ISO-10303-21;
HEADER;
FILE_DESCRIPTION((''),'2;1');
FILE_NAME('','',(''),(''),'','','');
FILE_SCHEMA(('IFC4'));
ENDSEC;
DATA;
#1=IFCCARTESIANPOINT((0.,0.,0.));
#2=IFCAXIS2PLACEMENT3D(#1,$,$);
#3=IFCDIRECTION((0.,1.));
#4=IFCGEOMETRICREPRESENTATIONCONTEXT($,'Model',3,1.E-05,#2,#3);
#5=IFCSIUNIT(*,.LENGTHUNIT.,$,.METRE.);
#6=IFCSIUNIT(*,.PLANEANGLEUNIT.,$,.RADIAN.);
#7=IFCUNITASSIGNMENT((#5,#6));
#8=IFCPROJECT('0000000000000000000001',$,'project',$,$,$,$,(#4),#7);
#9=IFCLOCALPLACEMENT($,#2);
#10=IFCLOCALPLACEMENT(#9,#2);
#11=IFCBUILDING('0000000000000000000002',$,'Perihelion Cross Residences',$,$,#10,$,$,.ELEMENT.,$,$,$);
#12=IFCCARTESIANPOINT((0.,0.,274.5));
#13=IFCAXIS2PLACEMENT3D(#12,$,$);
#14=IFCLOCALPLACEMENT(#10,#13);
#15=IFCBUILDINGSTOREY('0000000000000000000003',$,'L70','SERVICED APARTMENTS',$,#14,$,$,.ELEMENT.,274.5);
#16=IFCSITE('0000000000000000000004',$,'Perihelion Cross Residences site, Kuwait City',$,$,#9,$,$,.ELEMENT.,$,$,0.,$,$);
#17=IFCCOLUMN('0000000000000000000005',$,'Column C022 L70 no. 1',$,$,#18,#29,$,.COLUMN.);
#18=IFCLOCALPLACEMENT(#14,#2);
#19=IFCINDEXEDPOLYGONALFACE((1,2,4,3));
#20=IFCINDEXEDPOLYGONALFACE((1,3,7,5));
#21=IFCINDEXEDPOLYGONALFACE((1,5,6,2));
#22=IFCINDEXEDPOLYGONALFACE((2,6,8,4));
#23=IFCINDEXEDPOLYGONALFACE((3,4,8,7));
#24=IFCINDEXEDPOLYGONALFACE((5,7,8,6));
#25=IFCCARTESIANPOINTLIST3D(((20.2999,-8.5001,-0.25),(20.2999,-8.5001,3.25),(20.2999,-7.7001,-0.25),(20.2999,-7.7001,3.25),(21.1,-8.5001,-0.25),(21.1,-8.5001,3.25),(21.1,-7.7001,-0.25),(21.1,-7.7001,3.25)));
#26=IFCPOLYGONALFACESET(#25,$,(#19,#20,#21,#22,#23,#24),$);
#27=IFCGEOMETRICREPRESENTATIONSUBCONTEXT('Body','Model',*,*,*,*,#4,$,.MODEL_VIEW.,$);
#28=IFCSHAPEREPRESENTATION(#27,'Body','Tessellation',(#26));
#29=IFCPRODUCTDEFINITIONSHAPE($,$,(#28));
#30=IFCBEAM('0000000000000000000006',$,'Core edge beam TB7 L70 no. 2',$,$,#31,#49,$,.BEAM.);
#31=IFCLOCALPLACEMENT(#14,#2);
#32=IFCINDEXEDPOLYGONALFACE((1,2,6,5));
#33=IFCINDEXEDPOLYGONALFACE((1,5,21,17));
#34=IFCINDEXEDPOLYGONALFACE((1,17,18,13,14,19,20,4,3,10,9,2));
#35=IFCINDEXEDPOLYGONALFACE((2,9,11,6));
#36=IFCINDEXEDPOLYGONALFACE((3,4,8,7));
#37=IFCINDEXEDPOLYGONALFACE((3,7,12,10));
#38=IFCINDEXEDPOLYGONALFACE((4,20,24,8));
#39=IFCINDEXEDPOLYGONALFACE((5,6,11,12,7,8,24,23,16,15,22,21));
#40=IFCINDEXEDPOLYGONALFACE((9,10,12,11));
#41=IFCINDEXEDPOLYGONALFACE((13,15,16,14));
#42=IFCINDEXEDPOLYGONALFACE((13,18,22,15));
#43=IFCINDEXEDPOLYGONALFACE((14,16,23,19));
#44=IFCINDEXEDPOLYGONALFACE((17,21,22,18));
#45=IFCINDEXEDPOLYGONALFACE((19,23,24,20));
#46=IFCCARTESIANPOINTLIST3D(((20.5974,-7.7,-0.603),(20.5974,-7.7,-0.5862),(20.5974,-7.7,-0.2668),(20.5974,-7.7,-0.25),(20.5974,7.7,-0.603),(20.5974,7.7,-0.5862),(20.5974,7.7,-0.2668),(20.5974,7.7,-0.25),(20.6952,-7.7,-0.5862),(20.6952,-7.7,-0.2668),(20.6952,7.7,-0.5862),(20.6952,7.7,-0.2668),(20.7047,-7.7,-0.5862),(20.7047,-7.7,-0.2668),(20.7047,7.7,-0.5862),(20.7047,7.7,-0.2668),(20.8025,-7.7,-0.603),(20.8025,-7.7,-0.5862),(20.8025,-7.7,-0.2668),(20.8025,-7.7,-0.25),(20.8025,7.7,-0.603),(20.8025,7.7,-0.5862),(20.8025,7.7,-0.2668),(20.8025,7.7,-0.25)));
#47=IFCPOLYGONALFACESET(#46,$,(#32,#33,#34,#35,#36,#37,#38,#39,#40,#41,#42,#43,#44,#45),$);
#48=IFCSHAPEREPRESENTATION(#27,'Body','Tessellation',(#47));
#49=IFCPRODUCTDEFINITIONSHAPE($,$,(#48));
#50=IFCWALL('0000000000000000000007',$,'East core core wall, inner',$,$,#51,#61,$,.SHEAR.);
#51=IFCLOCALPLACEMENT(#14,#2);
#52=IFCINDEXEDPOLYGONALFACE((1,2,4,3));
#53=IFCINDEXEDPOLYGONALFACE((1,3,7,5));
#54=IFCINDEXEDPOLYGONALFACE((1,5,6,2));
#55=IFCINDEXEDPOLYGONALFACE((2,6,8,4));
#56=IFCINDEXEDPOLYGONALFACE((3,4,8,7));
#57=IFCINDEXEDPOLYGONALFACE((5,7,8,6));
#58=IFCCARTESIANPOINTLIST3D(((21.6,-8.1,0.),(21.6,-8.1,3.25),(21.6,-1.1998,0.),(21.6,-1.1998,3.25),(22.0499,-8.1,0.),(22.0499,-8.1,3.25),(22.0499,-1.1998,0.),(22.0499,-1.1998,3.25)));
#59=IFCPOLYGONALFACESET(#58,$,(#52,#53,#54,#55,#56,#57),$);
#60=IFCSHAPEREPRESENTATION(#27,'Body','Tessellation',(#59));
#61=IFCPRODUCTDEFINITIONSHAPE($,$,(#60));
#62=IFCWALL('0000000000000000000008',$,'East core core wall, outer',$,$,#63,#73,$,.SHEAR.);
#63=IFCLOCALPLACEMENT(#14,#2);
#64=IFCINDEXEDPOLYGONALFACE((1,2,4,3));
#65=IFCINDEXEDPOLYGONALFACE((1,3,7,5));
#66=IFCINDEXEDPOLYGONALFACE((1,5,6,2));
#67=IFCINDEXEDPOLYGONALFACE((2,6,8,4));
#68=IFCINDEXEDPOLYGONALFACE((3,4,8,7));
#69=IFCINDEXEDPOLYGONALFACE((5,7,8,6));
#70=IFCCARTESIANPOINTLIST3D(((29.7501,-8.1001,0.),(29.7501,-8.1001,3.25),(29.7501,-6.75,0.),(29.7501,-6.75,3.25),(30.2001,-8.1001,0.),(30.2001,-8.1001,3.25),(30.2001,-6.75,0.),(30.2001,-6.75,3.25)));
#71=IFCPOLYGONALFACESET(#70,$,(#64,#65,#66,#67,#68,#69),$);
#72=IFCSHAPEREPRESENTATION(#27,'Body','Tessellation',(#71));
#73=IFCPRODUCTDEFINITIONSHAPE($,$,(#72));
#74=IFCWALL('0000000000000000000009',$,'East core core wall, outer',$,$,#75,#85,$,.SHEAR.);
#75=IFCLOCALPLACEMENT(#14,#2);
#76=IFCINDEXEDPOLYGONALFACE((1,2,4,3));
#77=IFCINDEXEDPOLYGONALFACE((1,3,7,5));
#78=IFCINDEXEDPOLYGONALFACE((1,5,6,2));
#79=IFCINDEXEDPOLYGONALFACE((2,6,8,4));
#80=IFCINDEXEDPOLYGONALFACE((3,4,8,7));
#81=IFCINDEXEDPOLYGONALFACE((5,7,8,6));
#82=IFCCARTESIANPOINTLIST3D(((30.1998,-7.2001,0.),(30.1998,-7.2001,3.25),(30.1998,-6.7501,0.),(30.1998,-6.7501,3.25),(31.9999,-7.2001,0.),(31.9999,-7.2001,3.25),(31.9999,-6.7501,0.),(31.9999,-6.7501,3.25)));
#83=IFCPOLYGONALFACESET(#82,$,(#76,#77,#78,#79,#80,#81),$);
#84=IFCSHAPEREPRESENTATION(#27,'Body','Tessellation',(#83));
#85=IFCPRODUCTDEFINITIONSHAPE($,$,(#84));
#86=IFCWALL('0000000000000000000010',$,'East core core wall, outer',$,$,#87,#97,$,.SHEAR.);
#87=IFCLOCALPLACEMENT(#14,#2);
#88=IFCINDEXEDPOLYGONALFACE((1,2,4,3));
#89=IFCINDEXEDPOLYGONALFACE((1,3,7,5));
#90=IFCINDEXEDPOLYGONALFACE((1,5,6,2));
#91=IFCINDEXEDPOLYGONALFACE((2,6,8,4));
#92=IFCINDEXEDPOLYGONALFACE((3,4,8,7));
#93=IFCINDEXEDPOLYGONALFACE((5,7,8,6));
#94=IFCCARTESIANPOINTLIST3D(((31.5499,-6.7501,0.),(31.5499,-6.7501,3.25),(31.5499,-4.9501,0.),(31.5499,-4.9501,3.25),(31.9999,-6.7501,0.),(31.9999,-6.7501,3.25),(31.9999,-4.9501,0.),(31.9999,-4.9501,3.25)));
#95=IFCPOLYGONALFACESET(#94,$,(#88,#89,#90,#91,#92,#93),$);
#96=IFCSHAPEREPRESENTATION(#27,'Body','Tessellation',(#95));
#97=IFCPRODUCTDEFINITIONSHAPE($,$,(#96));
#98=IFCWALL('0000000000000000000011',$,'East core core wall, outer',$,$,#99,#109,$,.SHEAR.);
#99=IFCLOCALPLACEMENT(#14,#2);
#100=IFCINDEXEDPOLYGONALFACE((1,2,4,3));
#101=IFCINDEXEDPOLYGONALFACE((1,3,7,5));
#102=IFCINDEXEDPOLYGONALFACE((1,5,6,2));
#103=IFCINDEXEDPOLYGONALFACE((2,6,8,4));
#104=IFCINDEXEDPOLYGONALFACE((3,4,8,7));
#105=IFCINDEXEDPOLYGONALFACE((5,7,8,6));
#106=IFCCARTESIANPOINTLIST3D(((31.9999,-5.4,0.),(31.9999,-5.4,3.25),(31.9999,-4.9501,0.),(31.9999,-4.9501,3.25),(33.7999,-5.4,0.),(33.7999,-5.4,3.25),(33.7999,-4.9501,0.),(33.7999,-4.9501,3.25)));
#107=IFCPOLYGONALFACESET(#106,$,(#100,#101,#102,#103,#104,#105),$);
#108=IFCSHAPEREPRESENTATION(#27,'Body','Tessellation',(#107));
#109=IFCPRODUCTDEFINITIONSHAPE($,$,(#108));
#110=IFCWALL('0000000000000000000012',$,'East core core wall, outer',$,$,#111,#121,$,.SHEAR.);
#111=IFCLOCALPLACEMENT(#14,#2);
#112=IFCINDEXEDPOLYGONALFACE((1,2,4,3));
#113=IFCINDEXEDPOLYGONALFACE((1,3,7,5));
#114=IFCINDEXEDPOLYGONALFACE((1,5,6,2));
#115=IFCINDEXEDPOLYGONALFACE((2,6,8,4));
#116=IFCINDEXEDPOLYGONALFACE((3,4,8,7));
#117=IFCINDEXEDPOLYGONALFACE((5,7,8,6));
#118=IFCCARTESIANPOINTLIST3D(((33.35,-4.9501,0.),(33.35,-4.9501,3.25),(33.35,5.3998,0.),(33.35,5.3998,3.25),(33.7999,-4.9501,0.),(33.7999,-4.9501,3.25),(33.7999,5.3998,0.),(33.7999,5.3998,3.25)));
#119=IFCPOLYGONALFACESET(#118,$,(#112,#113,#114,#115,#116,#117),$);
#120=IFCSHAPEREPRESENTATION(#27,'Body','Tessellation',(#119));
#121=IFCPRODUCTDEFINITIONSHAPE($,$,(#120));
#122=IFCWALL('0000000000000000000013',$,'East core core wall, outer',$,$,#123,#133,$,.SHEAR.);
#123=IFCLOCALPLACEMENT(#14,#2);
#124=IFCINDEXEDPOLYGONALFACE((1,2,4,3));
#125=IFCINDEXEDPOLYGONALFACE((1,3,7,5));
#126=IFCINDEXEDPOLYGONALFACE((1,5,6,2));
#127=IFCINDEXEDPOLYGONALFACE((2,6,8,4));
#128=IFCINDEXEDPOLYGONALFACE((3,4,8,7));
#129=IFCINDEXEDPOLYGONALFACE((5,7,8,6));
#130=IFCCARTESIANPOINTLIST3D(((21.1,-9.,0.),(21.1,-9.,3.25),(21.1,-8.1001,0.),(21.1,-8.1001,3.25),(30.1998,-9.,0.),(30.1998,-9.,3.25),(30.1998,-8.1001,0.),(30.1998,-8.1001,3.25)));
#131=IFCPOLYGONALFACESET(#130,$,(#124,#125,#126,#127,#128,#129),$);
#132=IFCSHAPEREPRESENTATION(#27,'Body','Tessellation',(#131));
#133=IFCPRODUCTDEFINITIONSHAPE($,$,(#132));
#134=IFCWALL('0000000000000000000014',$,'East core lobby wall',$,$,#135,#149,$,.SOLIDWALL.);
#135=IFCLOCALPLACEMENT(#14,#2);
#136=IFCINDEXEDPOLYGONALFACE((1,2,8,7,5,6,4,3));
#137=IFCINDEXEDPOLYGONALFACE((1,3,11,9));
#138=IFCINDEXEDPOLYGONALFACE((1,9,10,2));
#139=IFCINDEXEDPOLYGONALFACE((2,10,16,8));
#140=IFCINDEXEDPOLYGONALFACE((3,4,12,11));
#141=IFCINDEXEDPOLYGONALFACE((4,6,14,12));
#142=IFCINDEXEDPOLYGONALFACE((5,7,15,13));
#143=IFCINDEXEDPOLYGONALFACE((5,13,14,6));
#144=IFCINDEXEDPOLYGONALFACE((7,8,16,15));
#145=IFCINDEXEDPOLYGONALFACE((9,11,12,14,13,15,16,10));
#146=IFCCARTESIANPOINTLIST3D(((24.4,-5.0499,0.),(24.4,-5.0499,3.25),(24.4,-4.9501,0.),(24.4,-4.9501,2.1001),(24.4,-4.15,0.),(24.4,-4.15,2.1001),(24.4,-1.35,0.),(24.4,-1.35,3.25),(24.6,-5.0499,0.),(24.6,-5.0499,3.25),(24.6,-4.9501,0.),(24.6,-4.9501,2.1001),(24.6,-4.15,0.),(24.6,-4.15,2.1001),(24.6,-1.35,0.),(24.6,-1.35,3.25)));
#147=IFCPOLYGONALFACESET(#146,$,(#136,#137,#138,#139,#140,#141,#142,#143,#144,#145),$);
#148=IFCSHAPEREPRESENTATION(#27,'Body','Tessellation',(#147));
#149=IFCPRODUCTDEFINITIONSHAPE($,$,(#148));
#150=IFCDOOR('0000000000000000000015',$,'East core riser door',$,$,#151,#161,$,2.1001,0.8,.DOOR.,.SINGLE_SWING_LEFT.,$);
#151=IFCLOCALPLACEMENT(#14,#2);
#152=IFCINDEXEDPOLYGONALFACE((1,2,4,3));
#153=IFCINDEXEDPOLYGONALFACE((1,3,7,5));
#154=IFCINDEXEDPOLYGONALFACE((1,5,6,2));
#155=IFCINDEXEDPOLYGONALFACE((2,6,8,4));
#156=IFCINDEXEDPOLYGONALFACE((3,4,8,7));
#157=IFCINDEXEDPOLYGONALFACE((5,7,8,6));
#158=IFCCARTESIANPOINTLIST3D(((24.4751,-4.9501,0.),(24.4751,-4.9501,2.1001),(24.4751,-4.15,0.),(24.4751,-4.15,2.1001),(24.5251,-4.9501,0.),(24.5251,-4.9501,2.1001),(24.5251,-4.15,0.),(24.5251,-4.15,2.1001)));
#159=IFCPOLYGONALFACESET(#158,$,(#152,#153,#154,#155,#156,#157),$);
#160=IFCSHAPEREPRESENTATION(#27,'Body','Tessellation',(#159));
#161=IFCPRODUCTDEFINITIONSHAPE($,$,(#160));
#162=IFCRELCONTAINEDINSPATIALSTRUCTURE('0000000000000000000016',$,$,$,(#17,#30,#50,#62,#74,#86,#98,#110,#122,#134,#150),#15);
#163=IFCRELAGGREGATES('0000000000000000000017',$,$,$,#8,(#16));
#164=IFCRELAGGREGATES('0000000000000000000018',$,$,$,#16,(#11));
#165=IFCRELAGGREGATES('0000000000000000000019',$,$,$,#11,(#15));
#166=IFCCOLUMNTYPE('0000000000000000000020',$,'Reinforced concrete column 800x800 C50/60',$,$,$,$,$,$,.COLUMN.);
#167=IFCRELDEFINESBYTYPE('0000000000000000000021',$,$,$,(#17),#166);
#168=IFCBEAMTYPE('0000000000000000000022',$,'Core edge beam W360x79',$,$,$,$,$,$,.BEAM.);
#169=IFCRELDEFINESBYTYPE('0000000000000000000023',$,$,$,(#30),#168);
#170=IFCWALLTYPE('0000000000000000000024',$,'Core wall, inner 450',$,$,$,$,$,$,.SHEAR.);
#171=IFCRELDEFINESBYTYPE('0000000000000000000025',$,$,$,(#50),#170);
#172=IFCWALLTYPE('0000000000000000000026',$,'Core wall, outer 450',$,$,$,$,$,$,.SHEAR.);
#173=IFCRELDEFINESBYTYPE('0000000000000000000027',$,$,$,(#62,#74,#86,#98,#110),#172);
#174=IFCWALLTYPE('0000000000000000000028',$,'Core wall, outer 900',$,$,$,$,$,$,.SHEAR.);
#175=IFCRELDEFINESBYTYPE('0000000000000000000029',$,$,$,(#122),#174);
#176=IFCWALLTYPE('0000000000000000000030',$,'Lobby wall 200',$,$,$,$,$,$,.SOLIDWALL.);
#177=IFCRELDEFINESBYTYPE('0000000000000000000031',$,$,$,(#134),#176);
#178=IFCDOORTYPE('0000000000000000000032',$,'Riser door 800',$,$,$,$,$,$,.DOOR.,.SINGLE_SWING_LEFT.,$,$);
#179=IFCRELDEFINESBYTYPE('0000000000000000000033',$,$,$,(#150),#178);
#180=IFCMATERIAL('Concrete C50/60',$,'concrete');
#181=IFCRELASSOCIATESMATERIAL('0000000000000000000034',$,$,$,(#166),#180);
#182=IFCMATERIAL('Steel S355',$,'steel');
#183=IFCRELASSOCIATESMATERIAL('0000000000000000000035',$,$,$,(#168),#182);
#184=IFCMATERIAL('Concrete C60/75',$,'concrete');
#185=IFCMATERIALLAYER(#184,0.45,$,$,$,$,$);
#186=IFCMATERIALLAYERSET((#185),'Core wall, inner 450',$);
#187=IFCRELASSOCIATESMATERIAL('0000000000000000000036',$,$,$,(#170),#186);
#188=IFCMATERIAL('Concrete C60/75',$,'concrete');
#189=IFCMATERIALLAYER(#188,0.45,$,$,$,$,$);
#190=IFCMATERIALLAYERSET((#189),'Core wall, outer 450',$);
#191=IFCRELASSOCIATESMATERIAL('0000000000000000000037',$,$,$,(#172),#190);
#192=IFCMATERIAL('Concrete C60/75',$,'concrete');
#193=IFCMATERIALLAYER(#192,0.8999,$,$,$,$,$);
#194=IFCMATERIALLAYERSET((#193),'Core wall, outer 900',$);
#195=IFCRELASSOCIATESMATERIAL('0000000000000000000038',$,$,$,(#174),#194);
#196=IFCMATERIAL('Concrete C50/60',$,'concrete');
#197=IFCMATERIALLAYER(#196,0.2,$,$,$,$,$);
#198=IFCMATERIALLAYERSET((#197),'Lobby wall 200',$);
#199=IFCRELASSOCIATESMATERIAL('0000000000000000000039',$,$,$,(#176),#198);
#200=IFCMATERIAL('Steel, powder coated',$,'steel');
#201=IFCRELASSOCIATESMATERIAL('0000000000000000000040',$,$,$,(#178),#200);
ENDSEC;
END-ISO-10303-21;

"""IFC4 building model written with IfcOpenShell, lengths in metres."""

from ifc_helpers import new_model, si_unit, direction, frame, frame_2d, origin, origin_2d, place, context, subcontext, project, spatial, rectangle, i_section, extrude, material, layer, layer_set, material_profile, profile_set, type_object, element, fill, save


model = new_model("IFC4")

# Units and contexts
model_context = context("Model", 3, precision=1e-05, world=origin(), true_north=direction((0.0, 1.0)))
body_context = subcontext(model_context, "Body", "Model", "MODEL_VIEW")
ifc_project = project(units=[si_unit("LENGTHUNIT", "METRE"), si_unit("PLANEANGLEUNIT", "RADIAN")], contexts=[model_context])

# Site, building, storey
site_placement = place(None, origin())
site = spatial("IfcSite", under=ifc_project, at=site_placement, Name="Perihelion Cross Residences site, Kuwait City", CompositionType="ELEMENT", RefElevation=0.0)
building_placement = place(site_placement, origin())
building = spatial("IfcBuilding", under=site, at=building_placement, Name="Perihelion Cross Residences", CompositionType="ELEMENT")
storey_placement = place(building_placement, frame((0.0, 0.0, 274.5)))
storey = spatial("IfcBuildingStorey", under=building, at=storey_placement, Name="L70", Description="SERVICED APARTMENTS", CompositionType="ELEMENT", Elevation=274.5)

# Column
ifc_material_1 = material(Name="Concrete C50/60", Category="concrete")
ifc_material_profile_1 = material_profile(ifc_material_1, rectangle(XDim=0.8, YDim=0.8, at=origin_2d()), Name="RC 800x800")
ifc_profile_set_1 = profile_set([ifc_material_profile_1], Name="Concrete C50/60")
column_type = type_object("IfcColumnType", Name="Reinforced concrete column 800x800 C50/60", PredefinedType="COLUMN", material=ifc_profile_set_1)
column_placement = place(storey_placement, frame((20.7, -8.1001, -0.25), z_axis=(0.0, 0.0, 1.0), x_axis=(1.0, 0.0, 0.0)))
element("IfcColumn", 1, at=column_placement, inside=storey, type_object=column_type, Name="Column C022 L70 no. 1", PredefinedType="COLUMN", context=body_context, shape_type="SweptSolid", body=[
    extrude(rectangle(XDim=0.8, YDim=0.8, at=origin_2d()), origin(), (0.0, 0.0, 1.0), 3.5),
])

# Beam
ifc_material_2 = material(Name="Steel S355", Category="steel")
ifc_material_profile_2 = material_profile(ifc_material_2, i_section(OverallWidth=0.2051, OverallDepth=0.353, WebThickness=0.0095, FlangeThickness=0.0168, at=origin_2d()), Name="W360x79")
ifc_profile_set_2 = profile_set([ifc_material_profile_2], Name="Steel S355")
beam_type = type_object("IfcBeamType", Name="Core edge beam W360x79", PredefinedType="BEAM", material=ifc_profile_set_2)
beam_placement = place(storey_placement, frame((20.7, -7.7, -0.4265), z_axis=(0.0, 1.0, 0.0), x_axis=(-1.0, 0.0, 0.0)))
element("IfcBeam", 2, at=beam_placement, inside=storey, type_object=beam_type, Name="Core edge beam TB7 L70 no. 2", PredefinedType="BEAM", context=body_context, shape_type="SweptSolid", body=[
    extrude(i_section(OverallWidth=0.2051, OverallDepth=0.353, WebThickness=0.0095, FlangeThickness=0.0168, at=origin_2d()), origin(), (0.0, 0.0, 1.0), 15.3999),
])

# Walls
ifc_material_3 = material(Name="Concrete C60/75", Category="concrete")
ifc_layer_1 = layer(ifc_material_3, 0.45)
ifc_layer_set_1 = layer_set([ifc_layer_1], Name="Core wall, inner 450")
wall_type_1 = type_object("IfcWallType", Name="Core wall, inner 450", PredefinedType="SHEAR", material=ifc_layer_set_1)
wall_1_placement = place(storey_placement, frame((21.825, -8.1001, 0.0), z_axis=(0.0, 0.0, 1.0), x_axis=(0.0, 1.0, 0.0)))
element("IfcWall", 3, at=wall_1_placement, inside=storey, type_object=wall_type_1, Name="East core core wall, inner", PredefinedType="SHEAR", context=body_context, shape_type="SweptSolid", body=[
    extrude(rectangle(XDim=6.9001, YDim=0.45, at=frame_2d((3.4502, 0.0))), origin(), (0.0, 0.0, 1.0), 3.25),
])
ifc_material_4 = material(Name="Concrete C60/75", Category="concrete")
ifc_layer_2 = layer(ifc_material_4, 0.45)
ifc_layer_set_2 = layer_set([ifc_layer_2], Name="Core wall, outer 450")
wall_type_2 = type_object("IfcWallType", Name="Core wall, outer 450", PredefinedType="SHEAR", material=ifc_layer_set_2)
wall_2_placement = place(storey_placement, frame((29.9751, -8.1001, 0.0), z_axis=(0.0, 0.0, 1.0), x_axis=(0.0, 1.0, 0.0)))
element("IfcWall", 4, at=wall_2_placement, inside=storey, type_object=wall_type_2, Name="East core core wall, outer", PredefinedType="SHEAR", context=body_context, shape_type="SweptSolid", body=[
    extrude(rectangle(XDim=1.3501, YDim=0.45, at=frame_2d((0.675, 0.0))), origin(), (0.0, 0.0, 1.0), 3.25),
])
for number, where, z_axis, x_axis, name in (
    (5, (30.2, -6.9751, 0.0), (0.0, 0.0, 1.0), (1.0, 0.0, 0.0), "East core core wall, outer"),
    (6, (31.7749, -6.75, 0.0), (0.0, 0.0, 1.0), (0.0, 1.0, 0.0), "East core core wall, outer"),
    (7, (32.0, -5.175, 0.0), (0.0, 0.0, 1.0), (1.0, 0.0, 0.0), "East core core wall, outer"),
):
    element("IfcWall", number, at=place(storey_placement, frame(where, z_axis=z_axis, x_axis=x_axis)), inside=storey, type_object=wall_type_2, Name=name, PredefinedType="SHEAR", context=body_context, shape_type="SweptSolid", body=[
        extrude(rectangle(XDim=1.8, YDim=0.45, at=frame_2d((0.8999, 0.0))), origin(), (0.0, 0.0, 1.0), 3.25),
    ])
wall_3_placement = place(storey_placement, frame((33.575, -4.95, 0.0), z_axis=(0.0, 0.0, 1.0), x_axis=(0.0, 1.0, 0.0)))
element("IfcWall", 8, at=wall_3_placement, inside=storey, type_object=wall_type_2, Name="East core core wall, outer", PredefinedType="SHEAR", context=body_context, shape_type="SweptSolid", body=[
    extrude(rectangle(XDim=10.3499, YDim=0.45, at=frame_2d((5.1748, 0.0))), origin(), (0.0, 0.0, 1.0), 3.25),
])
ifc_material_5 = material(Name="Concrete C60/75", Category="concrete")
ifc_layer_3 = layer(ifc_material_5, 0.8999)
ifc_layer_set_3 = layer_set([ifc_layer_3], Name="Core wall, outer 900")
wall_type_3 = type_object("IfcWallType", Name="Core wall, outer 900", PredefinedType="SHEAR", material=ifc_layer_set_3)
wall_4_placement = place(storey_placement, frame((21.1001, -8.55, 0.0), z_axis=(0.0, 0.0, 1.0), x_axis=(1.0, 0.0, 0.0)))
element("IfcWall", 9, at=wall_4_placement, inside=storey, type_object=wall_type_3, Name="East core core wall, outer", PredefinedType="SHEAR", context=body_context, shape_type="SweptSolid", body=[
    extrude(rectangle(XDim=9.0999, YDim=0.8999, at=frame_2d((4.5498, 0.0))), origin(), (0.0, 0.0, 1.0), 3.25),
])

# Wall, opening, door
ifc_material_6 = material(Name="Concrete C50/60", Category="concrete")
ifc_layer_4 = layer(ifc_material_6, 0.2)
ifc_layer_set_4 = layer_set([ifc_layer_4], Name="Lobby wall 200")
wall_type_4 = type_object("IfcWallType", Name="Lobby wall 200", PredefinedType="SOLIDWALL", material=ifc_layer_set_4)
wall_5_placement = place(storey_placement, frame((24.5, -5.05, 0.0), z_axis=(0.0, 0.0, 1.0), x_axis=(0.0, 1.0, 0.0)))
wall_5 = element("IfcWall", 10, at=wall_5_placement, inside=storey, type_object=wall_type_4, Name="East core lobby wall", PredefinedType="SOLIDWALL", context=body_context, shape_type="SweptSolid", body=[
    extrude(rectangle(XDim=3.7, YDim=0.2, at=frame_2d((1.8501, 0.0))), origin(), (0.0, 0.0, 1.0), 3.25),
])
opening_1_placement = place(wall_5_placement, frame((0.1001, 0.0, 0.0)))
opening_1 = element("IfcOpeningElement", 11, at=opening_1_placement, cuts=wall_5, PredefinedType="OPENING", context=body_context, shape_type="SweptSolid", body=[
    extrude(rectangle(XDim=0.8, YDim=2.1001, at=frame_2d((0.3999, 1.05))), frame((0.0, 0.1099, 0.0), z_axis=(0.0, -1.0, 0.0), x_axis=(1.0, 0.0, 0.0)), (0.0, 0.0, 1.0), 0.22),
])
ifc_material_7 = material(Name="Steel, powder coated", Category="steel")
door_type_1 = type_object("IfcDoorType", Name="Riser door 800", OperationType="SINGLE_SWING_LEFT", PredefinedType="DOOR", material=ifc_material_7)
door_1_placement = place(opening_1_placement, origin())
door_1 = element("IfcDoor", 12, at=door_1_placement, inside=storey, type_object=door_type_1, Name="East core riser door", OperationType="SINGLE_SWING_LEFT", OverallHeight=2.1001, OverallWidth=0.8, PredefinedType="DOOR", context=body_context, shape_type="SweptSolid", body=[
    extrude(rectangle(XDim=0.8, YDim=2.1001, at=frame_2d((0.3999, 1.05))), frame((0.0, 0.0249, 0.0), z_axis=(0.0, -1.0, 0.0), x_axis=(1.0, 0.0, 0.0)), (0.0, 0.0, 1.0), 0.05),
])
fill(opening_1, door_1)

save(model, "model.ifc")
